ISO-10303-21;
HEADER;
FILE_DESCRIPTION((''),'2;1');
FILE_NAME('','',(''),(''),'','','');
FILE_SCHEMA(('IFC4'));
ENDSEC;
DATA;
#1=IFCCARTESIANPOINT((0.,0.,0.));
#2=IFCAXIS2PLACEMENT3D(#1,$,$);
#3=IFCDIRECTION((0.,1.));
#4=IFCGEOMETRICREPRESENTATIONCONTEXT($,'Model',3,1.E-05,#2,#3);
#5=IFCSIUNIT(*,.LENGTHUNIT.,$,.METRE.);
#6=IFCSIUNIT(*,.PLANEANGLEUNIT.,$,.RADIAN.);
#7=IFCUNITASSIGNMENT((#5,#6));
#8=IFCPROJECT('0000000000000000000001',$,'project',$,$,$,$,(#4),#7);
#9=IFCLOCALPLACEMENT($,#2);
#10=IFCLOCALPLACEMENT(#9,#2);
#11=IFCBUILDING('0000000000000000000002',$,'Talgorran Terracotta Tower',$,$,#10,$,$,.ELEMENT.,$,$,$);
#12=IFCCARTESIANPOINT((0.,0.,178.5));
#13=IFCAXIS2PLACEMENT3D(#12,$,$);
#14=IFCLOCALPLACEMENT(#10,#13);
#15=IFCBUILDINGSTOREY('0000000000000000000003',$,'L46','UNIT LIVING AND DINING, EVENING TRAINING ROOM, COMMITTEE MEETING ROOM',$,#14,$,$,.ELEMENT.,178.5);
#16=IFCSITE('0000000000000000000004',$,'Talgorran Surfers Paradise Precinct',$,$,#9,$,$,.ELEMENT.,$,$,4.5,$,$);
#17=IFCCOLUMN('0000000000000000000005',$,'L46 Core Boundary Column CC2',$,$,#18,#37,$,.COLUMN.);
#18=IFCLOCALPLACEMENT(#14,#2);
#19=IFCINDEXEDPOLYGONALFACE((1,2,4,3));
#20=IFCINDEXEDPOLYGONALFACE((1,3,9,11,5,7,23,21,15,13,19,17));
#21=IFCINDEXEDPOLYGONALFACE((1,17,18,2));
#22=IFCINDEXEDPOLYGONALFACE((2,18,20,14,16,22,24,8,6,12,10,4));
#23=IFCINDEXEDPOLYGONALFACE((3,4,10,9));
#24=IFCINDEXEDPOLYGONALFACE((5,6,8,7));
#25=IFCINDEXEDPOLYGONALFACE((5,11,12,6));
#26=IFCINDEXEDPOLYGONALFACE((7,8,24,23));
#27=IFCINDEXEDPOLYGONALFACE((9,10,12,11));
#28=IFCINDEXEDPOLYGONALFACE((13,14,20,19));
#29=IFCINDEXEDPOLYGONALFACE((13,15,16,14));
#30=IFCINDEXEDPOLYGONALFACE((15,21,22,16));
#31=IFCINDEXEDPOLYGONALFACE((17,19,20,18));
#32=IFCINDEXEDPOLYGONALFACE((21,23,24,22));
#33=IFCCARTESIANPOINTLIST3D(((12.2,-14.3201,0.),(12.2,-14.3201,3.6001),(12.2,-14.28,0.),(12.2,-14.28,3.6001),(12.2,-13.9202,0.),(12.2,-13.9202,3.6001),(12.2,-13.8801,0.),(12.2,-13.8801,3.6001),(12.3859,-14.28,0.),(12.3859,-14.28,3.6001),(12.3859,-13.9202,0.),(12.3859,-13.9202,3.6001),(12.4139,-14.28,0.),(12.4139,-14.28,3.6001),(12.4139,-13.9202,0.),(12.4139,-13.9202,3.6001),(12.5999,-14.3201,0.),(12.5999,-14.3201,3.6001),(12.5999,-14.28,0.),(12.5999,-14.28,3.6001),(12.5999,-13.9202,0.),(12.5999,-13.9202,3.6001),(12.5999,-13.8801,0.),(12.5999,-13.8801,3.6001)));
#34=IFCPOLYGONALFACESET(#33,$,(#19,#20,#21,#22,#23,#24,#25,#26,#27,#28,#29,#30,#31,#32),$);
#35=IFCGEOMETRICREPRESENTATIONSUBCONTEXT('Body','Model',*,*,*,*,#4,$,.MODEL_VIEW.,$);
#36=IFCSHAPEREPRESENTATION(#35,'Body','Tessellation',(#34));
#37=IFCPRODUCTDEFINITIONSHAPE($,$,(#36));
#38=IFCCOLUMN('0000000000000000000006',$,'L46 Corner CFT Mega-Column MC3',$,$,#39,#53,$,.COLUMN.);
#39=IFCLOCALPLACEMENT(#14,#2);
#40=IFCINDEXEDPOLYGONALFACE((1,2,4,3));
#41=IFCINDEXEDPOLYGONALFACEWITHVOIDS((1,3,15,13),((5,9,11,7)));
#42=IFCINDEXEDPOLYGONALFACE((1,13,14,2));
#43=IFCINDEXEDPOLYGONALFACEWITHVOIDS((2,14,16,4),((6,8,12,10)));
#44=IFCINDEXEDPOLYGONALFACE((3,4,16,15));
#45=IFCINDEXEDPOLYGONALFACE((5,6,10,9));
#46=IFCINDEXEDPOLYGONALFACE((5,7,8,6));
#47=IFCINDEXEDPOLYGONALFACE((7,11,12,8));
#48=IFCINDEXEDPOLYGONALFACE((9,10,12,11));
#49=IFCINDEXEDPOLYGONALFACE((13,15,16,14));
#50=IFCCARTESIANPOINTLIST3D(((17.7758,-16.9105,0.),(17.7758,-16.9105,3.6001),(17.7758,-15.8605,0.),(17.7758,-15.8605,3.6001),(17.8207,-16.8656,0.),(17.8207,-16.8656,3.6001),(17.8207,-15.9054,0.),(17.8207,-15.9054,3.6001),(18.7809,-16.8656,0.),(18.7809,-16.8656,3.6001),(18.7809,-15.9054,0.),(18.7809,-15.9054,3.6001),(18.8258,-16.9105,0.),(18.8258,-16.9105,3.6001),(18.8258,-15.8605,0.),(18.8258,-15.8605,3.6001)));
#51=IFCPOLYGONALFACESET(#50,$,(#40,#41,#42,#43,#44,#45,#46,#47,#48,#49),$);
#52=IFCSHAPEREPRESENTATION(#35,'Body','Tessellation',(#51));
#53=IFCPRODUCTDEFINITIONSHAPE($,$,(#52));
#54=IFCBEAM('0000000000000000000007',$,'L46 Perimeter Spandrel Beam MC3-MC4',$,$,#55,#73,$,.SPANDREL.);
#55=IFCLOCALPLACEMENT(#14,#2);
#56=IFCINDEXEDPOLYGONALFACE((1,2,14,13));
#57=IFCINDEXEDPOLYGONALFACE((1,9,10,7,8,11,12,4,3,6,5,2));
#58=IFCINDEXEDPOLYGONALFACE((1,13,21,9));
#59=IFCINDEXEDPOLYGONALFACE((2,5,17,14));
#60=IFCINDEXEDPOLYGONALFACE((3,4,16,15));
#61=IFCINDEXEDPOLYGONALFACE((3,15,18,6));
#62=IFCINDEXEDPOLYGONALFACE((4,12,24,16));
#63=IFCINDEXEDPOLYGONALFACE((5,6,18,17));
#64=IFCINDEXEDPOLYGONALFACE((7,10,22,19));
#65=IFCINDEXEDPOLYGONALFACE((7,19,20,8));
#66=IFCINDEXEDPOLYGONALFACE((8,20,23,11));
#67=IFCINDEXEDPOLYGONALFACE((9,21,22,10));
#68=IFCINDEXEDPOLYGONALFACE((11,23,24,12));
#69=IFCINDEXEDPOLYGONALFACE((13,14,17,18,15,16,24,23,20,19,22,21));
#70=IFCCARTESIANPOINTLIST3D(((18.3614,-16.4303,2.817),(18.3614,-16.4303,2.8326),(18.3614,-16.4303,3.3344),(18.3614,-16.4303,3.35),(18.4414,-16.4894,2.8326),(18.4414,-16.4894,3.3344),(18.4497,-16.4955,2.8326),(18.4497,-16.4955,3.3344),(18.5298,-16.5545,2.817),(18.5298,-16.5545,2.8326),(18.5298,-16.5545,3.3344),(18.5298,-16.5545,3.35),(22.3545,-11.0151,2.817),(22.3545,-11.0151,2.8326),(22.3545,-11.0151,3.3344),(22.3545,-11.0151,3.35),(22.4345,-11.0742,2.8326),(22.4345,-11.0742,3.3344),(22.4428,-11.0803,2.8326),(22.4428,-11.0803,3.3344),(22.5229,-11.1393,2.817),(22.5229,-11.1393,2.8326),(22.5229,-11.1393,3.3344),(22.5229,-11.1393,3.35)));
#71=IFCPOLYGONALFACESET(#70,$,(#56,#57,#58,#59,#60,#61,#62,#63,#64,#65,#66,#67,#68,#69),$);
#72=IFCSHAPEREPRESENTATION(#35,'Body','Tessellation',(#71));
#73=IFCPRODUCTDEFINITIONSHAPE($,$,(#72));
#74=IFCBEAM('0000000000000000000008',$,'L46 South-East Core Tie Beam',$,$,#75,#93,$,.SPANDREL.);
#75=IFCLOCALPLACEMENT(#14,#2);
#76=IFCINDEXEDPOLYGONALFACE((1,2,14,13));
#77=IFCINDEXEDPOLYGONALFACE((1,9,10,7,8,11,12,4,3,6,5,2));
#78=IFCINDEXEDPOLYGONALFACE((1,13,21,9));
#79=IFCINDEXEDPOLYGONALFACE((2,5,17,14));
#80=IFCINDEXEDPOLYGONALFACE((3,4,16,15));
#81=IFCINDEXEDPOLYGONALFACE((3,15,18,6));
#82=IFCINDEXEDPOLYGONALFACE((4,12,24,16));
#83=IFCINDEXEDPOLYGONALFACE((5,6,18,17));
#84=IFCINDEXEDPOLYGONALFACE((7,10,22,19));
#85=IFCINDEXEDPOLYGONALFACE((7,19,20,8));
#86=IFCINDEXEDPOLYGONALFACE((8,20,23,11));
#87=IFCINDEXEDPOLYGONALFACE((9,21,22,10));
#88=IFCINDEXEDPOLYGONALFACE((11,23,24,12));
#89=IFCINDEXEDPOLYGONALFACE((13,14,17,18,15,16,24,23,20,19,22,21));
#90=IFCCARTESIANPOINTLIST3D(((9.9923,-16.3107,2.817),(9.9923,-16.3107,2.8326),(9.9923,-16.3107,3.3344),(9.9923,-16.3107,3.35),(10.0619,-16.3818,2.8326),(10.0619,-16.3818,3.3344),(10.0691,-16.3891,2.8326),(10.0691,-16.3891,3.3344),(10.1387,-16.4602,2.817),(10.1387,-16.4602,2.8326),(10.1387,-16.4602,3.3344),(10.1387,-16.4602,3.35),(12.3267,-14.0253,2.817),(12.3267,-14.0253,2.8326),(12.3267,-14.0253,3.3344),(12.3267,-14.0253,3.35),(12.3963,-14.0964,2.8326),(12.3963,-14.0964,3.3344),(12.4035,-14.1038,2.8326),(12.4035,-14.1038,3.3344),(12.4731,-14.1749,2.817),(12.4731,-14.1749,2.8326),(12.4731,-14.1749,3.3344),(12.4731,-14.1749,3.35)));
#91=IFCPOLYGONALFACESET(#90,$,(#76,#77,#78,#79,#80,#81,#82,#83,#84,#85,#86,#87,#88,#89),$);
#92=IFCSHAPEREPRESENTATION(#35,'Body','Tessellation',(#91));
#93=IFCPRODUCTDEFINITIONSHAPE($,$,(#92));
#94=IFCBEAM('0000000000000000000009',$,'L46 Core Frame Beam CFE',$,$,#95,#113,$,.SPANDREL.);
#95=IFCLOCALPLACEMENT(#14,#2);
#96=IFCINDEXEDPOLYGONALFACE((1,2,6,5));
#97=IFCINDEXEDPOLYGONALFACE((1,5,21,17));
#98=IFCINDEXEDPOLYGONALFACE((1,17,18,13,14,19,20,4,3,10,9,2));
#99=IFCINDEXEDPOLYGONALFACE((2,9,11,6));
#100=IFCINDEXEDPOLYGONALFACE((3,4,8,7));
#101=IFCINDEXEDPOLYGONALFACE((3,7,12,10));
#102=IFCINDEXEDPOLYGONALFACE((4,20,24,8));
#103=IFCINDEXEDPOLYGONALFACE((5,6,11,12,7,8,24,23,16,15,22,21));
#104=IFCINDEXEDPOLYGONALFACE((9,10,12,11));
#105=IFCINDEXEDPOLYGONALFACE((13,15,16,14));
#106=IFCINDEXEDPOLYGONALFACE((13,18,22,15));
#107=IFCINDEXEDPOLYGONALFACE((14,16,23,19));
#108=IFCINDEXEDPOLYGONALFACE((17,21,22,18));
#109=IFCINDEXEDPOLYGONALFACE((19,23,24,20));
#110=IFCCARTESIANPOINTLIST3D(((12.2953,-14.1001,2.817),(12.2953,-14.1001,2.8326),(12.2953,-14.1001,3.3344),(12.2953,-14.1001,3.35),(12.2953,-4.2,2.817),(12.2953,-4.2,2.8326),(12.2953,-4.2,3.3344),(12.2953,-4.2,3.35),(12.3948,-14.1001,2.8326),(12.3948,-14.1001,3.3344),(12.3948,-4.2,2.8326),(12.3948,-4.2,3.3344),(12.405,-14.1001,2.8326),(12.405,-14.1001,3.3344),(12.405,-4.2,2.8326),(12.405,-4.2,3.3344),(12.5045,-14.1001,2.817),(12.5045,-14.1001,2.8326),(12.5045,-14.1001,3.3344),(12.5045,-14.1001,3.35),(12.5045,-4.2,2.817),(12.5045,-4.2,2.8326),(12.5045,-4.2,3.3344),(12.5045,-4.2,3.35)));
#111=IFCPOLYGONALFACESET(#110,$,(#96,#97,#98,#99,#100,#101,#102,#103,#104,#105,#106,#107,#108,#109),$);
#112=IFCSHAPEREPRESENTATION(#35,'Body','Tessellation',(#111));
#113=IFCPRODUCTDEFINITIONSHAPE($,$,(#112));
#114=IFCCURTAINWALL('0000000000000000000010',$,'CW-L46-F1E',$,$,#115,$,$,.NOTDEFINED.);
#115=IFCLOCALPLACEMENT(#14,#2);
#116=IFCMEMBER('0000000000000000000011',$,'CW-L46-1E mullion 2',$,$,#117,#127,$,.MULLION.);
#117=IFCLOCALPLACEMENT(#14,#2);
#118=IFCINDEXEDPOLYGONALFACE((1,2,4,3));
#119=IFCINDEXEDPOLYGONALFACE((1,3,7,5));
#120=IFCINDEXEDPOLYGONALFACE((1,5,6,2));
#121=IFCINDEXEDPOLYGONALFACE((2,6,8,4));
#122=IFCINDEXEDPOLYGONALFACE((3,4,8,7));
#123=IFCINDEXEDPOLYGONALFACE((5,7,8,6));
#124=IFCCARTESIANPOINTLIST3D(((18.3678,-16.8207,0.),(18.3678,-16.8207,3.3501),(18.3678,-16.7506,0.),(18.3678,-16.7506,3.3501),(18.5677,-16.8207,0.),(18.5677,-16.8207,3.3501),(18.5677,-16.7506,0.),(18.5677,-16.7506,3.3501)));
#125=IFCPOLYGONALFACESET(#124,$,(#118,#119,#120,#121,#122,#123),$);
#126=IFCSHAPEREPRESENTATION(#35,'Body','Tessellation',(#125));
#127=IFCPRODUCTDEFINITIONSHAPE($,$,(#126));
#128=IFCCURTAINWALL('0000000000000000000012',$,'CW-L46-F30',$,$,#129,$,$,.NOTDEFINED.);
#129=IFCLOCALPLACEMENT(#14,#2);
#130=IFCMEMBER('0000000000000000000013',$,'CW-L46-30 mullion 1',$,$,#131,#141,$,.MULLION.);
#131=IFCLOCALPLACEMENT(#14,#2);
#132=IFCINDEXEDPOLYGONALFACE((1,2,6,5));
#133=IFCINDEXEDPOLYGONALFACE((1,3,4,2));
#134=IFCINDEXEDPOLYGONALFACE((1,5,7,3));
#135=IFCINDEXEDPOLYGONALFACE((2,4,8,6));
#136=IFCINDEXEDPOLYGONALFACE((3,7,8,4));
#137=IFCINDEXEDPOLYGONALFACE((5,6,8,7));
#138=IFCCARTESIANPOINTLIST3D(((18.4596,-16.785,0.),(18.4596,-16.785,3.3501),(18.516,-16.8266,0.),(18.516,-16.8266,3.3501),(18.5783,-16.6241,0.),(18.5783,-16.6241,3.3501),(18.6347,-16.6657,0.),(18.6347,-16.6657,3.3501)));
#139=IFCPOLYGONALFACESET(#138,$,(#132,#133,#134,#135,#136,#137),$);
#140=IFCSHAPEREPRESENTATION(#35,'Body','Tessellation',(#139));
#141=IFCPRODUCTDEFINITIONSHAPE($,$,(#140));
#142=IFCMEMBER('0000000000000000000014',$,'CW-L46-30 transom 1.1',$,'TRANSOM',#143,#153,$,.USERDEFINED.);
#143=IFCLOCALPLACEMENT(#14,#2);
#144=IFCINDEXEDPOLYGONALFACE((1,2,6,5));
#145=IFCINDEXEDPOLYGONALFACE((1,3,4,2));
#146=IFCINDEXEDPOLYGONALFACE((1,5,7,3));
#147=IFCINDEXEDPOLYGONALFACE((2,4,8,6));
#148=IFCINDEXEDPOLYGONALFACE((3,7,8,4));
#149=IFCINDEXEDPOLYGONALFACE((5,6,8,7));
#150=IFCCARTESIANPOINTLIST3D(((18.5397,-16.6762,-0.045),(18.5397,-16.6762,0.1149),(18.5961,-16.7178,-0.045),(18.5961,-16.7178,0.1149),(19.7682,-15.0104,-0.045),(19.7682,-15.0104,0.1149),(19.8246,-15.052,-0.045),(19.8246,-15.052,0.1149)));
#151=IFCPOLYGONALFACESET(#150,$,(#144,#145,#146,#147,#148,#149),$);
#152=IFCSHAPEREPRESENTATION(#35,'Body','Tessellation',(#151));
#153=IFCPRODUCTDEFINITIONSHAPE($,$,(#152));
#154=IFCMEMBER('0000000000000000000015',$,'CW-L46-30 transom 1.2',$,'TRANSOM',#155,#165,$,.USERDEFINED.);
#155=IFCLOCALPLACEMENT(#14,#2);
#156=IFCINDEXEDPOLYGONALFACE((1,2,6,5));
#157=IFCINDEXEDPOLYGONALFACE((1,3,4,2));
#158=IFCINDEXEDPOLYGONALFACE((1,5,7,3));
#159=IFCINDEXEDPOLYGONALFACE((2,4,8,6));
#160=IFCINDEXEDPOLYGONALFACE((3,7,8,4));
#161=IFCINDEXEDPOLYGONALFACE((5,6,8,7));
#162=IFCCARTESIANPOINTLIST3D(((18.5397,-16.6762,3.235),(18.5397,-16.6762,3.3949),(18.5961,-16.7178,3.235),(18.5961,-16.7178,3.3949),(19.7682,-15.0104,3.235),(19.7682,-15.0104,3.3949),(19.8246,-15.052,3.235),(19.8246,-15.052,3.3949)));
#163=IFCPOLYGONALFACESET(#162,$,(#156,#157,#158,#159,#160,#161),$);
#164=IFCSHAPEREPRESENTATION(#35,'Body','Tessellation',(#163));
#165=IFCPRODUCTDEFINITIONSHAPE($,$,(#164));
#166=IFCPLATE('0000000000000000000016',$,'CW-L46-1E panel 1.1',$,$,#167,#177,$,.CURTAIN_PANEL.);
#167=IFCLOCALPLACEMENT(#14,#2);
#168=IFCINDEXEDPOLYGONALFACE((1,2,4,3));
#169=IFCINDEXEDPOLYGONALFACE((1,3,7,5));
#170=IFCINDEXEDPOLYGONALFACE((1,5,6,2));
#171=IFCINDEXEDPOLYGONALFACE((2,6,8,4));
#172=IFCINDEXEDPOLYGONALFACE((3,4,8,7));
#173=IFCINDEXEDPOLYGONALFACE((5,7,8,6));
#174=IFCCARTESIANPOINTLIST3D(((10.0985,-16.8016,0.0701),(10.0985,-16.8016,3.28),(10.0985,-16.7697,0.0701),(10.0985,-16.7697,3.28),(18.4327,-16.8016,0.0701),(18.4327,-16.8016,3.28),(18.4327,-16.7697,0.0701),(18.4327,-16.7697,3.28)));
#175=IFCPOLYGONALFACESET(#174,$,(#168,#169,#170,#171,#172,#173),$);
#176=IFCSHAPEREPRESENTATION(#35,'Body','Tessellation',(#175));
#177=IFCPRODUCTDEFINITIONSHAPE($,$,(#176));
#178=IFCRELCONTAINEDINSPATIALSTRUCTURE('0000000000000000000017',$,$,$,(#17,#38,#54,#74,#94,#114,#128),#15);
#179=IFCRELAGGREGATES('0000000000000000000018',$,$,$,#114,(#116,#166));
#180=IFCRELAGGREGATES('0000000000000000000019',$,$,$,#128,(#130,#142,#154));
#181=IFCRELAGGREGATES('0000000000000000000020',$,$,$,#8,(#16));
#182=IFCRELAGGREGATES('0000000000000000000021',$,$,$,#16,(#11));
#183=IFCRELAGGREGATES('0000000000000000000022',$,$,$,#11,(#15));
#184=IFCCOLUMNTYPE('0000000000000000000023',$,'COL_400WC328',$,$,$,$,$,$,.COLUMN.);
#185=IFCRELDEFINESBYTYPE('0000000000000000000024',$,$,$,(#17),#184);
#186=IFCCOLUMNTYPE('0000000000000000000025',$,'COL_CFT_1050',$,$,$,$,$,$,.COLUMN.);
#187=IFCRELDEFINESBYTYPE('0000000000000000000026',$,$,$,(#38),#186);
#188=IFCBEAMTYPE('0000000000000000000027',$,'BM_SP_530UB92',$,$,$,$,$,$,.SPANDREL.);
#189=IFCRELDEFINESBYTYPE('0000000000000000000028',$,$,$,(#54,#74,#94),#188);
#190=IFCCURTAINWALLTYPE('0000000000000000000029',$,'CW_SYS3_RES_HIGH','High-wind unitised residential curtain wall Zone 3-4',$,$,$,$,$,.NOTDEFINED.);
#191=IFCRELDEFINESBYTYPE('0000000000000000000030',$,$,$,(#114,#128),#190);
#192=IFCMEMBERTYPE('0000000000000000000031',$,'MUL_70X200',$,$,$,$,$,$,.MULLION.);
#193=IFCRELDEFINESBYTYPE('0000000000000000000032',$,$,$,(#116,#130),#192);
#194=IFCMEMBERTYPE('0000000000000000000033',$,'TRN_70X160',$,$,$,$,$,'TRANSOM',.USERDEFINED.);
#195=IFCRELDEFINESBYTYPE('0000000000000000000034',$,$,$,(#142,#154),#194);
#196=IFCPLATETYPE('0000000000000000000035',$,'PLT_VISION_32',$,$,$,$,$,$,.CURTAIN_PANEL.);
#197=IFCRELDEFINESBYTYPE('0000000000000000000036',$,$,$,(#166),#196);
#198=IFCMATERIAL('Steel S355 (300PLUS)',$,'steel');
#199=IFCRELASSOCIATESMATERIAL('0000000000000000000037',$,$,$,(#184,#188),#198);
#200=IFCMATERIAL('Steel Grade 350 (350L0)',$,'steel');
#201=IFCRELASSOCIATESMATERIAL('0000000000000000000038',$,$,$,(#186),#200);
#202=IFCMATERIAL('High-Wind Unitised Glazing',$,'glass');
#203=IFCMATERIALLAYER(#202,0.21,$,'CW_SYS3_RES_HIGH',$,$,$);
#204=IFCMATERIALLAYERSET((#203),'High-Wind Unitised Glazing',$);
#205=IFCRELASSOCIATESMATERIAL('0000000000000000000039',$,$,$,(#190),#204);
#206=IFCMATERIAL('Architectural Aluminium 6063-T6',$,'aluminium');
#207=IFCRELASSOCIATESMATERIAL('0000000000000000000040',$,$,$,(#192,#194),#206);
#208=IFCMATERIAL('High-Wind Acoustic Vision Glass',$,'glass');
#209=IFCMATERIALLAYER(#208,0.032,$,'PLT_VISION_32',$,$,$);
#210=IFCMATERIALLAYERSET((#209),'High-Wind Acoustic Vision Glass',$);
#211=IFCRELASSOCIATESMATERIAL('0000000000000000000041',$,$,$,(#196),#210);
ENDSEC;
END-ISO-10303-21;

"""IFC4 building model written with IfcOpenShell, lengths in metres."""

from ifc_helpers import new_model, si_unit, direction, frame, origin, origin_2d, place, context, subcontext, project, spatial, rectangle, hollow_rectangle, i_section, extrude, source, transform, mapped, material, layer, layer_set, material_profile, profile_set, type_object, element, aggregate, save


model = new_model("IFC4")

# Units and contexts
model_context = context("Model", 3, precision=1e-05, world=origin(), true_north=direction((0.0, 1.0)))
body_context = subcontext(model_context, "Body", "Model", "MODEL_VIEW")
ifc_project = project(units=[si_unit("LENGTHUNIT", "METRE"), si_unit("PLANEANGLEUNIT", "RADIAN")], contexts=[model_context])

# Site, building, storey
site_placement = place(None, origin())
site = spatial("IfcSite", under=ifc_project, at=site_placement, Name="Talgorran Surfers Paradise Precinct", CompositionType="ELEMENT", RefElevation=4.5)
building_placement = place(site_placement, origin())
building = spatial("IfcBuilding", under=site, at=building_placement, Name="Talgorran Terracotta Tower", CompositionType="ELEMENT")
storey_placement = place(building_placement, frame((0.0, 0.0, 178.5)))
storey = spatial("IfcBuildingStorey", under=building, at=storey_placement, Name="L46", Description="UNIT LIVING AND DINING, EVENING TRAINING ROOM, COMMITTEE MEETING ROOM", CompositionType="ELEMENT", Elevation=178.5)

# Columns
ifc_material_1 = material(Name="Steel S355 (300PLUS)", Category="steel")
ifc_material_profile_1 = material_profile(ifc_material_1, i_section(OverallWidth=0.3999, OverallDepth=0.4399, WebThickness=0.0281, FlangeThickness=0.04, at=origin_2d()), Name="400WC328")
ifc_profile_set_1 = profile_set([ifc_material_profile_1], Name="Steel S355 (300PLUS)")
column_type_1 = type_object("IfcColumnType", Name="COL_400WC328", PredefinedType="COLUMN", material=ifc_profile_set_1)
column_1_placement = place(storey_placement, frame((12.3999, -14.1001, 0.0), z_axis=(0.0, 0.0, 1.0), x_axis=(1.0, 0.0, 0.0)))
element("IfcColumn", 1, at=column_1_placement, inside=storey, type_object=column_type_1, Name="L46 Core Boundary Column CC2", PredefinedType="COLUMN", context=body_context, shape_type="SweptSolid", body=[
    extrude(i_section(OverallWidth=0.3999, OverallDepth=0.4399, WebThickness=0.0281, FlangeThickness=0.04, at=origin_2d()), origin(), (0.0, 0.0, 1.0), 3.6001),
])
ifc_material_2 = material(Name="Steel Grade 350 (350L0)", Category="steel")
ifc_material_profile_2 = material_profile(ifc_material_2, hollow_rectangle(XDim=1.05, YDim=1.05, WallThickness=0.0449, at=origin_2d()), Name="CFT1050X1050X45")
ifc_profile_set_2 = profile_set([ifc_material_profile_2], Name="Steel Grade 350 (350L0)")
column_type_2 = type_object("IfcColumnType", Name="COL_CFT_1050", PredefinedType="COLUMN", material=ifc_profile_set_2)
column_2_placement = place(storey_placement, frame((18.3008, -16.3855, 0.0), z_axis=(0.0, 0.0, 1.0), x_axis=(1.0, 0.0, 0.0)))
element("IfcColumn", 2, at=column_2_placement, inside=storey, type_object=column_type_2, Name="L46 Corner CFT Mega-Column MC3", PredefinedType="COLUMN", context=body_context, shape_type="SweptSolid", body=[
    extrude(hollow_rectangle(XDim=1.05, YDim=1.05, WallThickness=0.0449, at=origin_2d()), origin(), (0.0, 0.0, 1.0), 3.6001),
])

# Beams
ifc_material_profile_3 = material_profile(ifc_material_1, i_section(OverallWidth=0.2092, OverallDepth=0.533, WebThickness=0.0103, FlangeThickness=0.0156, at=origin_2d()), Name="530UB92.4")
ifc_profile_set_3 = profile_set([ifc_material_profile_3], Name="Steel S355 (300PLUS)")
beam_type = type_object("IfcBeamType", Name="BM_SP_530UB92", PredefinedType="SPANDREL", material=ifc_profile_set_3)
beam_1_placement = place(storey_placement, frame((18.4456, -16.4924, 3.0835), z_axis=(0.593484, 0.804846, 0.0), x_axis=(-0.804846, 0.593484, 0.0)))
element("IfcBeam", 3, at=beam_1_placement, inside=storey, type_object=beam_type, Name="L46 Perimeter Spandrel Beam MC3-MC4", PredefinedType="SPANDREL", context=body_context, shape_type="SweptSolid", body=[
    extrude(i_section(OverallWidth=0.2092, OverallDepth=0.533, WebThickness=0.0103, FlangeThickness=0.0156, at=origin_2d()), origin(), (0.0, 0.0, 1.0), 6.7283),
])
beam_2_placement = place(storey_placement, frame((12.3999, -14.1001, 3.0835), z_axis=(-0.714577, -0.699556, 0.0), x_axis=(0.699556, -0.714577, 0.0)))
element("IfcBeam", 4, at=beam_2_placement, inside=storey, type_object=beam_type, Name="L46 South-East Core Tie Beam", PredefinedType="SPANDREL", context=body_context, shape_type="SweptSolid", body=[
    extrude(i_section(OverallWidth=0.2092, OverallDepth=0.533, WebThickness=0.0103, FlangeThickness=0.0156, at=origin_2d()), origin(), (0.0, 0.0, 1.0), 3.2668),
])
beam_3_placement = place(storey_placement, frame((12.3999, -14.1001, 3.0835), z_axis=(0.0, 1.0, 0.0), x_axis=(-1.0, 0.0, 0.0)))
element("IfcBeam", 5, at=beam_3_placement, inside=storey, type_object=beam_type, Name="L46 Core Frame Beam CFE", PredefinedType="SPANDREL", context=body_context, shape_type="SweptSolid", body=[
    extrude(i_section(OverallWidth=0.2092, OverallDepth=0.533, WebThickness=0.0103, FlangeThickness=0.0156, at=origin_2d()), origin(), (0.0, 0.0, 1.0), 9.9001),
])

# Curtain wall, member
ifc_material_3 = material(Name="High-Wind Unitised Glazing", Category="glass")
ifc_layer_1 = layer(ifc_material_3, 0.21, Name="CW_SYS3_RES_HIGH")
ifc_layer_set_1 = layer_set([ifc_layer_1], Name="High-Wind Unitised Glazing")
curtain_wall_type = type_object("IfcCurtainWallType", Name="CW_SYS3_RES_HIGH", Description="High-wind unitised residential curtain wall Zone 3-4", PredefinedType="NOTDEFINED", material=ifc_layer_set_1)
curtain_wall_1_placement = place(storey_placement, origin())
curtain_wall_1 = element("IfcCurtainWall", 6, at=curtain_wall_1_placement, inside=storey, type_object=curtain_wall_type, Name="CW-L46-F1E", PredefinedType="NOTDEFINED")
ifc_material_4 = material(Name="Architectural Aluminium 6063-T6", Category="aluminium")
ifc_material_profile_4 = material_profile(ifc_material_4, rectangle(XDim=0.0701, YDim=0.2, at=origin_2d()), Name="CWM70X200")
ifc_profile_set_4 = profile_set([ifc_material_profile_4], Name="Architectural Aluminium 6063-T6")
member_type_1 = type_object("IfcMemberType", Name="MUL_70X200", PredefinedType="MULLION", material=ifc_profile_set_4)
member_1_placement = place(storey_placement, frame((18.4678, -16.7856, 0.0), z_axis=(0.0, 0.0, 1.0), x_axis=(0.0, 1.0, 0.0)))
member_1 = element("IfcMember", 7, at=member_1_placement, type_object=member_type_1, Name="CW-L46-1E mullion 2", PredefinedType="MULLION", context=body_context, shape_type="SweptSolid", body=[
    extrude(rectangle(XDim=0.0701, YDim=0.2, at=origin_2d()), origin(), (0.0, 0.0, 1.0), 3.3501),
])

# Curtain wall, members
curtain_wall_2_placement = place(storey_placement, origin())
curtain_wall_2 = element("IfcCurtainWall", 8, at=curtain_wall_2_placement, inside=storey, type_object=curtain_wall_type, Name="CW-L46-F30", PredefinedType="NOTDEFINED")
member_2_placement = place(storey_placement, frame((18.5471, -16.7253, 0.0), z_axis=(0.0, 0.0, 1.0), x_axis=(-0.804828, 0.593508, 0.0)))
member_2 = element("IfcMember", 9, at=member_2_placement, type_object=member_type_1, Name="CW-L46-30 mullion 1", PredefinedType="MULLION", context=body_context, shape_type="SweptSolid", body=[
    extrude(rectangle(XDim=0.0701, YDim=0.2, at=origin_2d()), origin(), (0.0, 0.0, 1.0), 3.3501),
])
ifc_material_profile_5 = material_profile(ifc_material_4, rectangle(XDim=0.0701, YDim=0.1599, at=origin_2d()), Name="CWT70X160")
ifc_profile_set_5 = profile_set([ifc_material_profile_5], Name="Architectural Aluminium 6063-T6")
member_type_2 = type_object("IfcMemberType", Name="TRN_70X160", ElementType="TRANSOM", PredefinedType="USERDEFINED", material=ifc_profile_set_5)
member_3_placement = place(storey_placement, frame((18.5679, -16.697, 0.0349), z_axis=(0.593545, 0.804801, 0.0), x_axis=(-0.804801, 0.593545, 0.0)))
member_3 = element("IfcMember", 10, at=member_3_placement, type_object=member_type_2, Name="CW-L46-30 transom 1.1", ObjectType="TRANSOM", PredefinedType="USERDEFINED", context=body_context, shape_type="SweptSolid", body=[
    extrude(rectangle(XDim=0.0701, YDim=0.1599, at=origin_2d()), origin(), (0.0, 0.0, 1.0), 2.0698),
])
member_4_placement = place(storey_placement, frame((18.5679, -16.697, 3.3149), z_axis=(0.593545, 0.804801, 0.0), x_axis=(-0.804801, 0.593545, 0.0)))
member_4 = element("IfcMember", 11, at=member_4_placement, type_object=member_type_2, Name="CW-L46-30 transom 1.2", ObjectType="TRANSOM", PredefinedType="USERDEFINED", context=body_context, shape_type="SweptSolid", body=[
    extrude(rectangle(XDim=0.0701, YDim=0.1599, at=origin_2d()), origin(), (0.0, 0.0, 1.0), 2.0698),
])

# Plate
ifc_material_5 = material(Name="High-Wind Acoustic Vision Glass", Category="glass")
ifc_layer_2 = layer(ifc_material_5, 0.032, Name="PLT_VISION_32")
ifc_layer_set_2 = layer_set([ifc_layer_2], Name="High-Wind Acoustic Vision Glass")
plate_type = type_object("IfcPlateType", Name="PLT_VISION_32", PredefinedType="CURTAIN_PANEL", material=ifc_layer_set_2)
shared_shape_1 = source(origin(), body_context, "Body", "SweptSolid", [
    extrude(rectangle(XDim=8.3342, YDim=0.032, at=origin_2d()), origin(), (0.0, 0.0, 1.0), 3.21),
])
plate_1_placement = place(storey_placement, frame((14.2656, -16.7856, 0.0701), z_axis=(0.0, 0.0, 1.0), x_axis=(1.0, 0.0, 0.0)))
plate_1 = element("IfcPlate", 12, at=plate_1_placement, type_object=plate_type, Name="CW-L46-1E panel 1.1", PredefinedType="CURTAIN_PANEL", context=body_context, shape_type="MappedRepresentation", body=[
    mapped(shared_shape_1, transform((0.0, 0.0, 0.0), scale=1.0)),
])
aggregate(curtain_wall_1, [member_1, plate_1])
aggregate(curtain_wall_2, [member_2, member_3, member_4])

save(model, "model.ifc")
